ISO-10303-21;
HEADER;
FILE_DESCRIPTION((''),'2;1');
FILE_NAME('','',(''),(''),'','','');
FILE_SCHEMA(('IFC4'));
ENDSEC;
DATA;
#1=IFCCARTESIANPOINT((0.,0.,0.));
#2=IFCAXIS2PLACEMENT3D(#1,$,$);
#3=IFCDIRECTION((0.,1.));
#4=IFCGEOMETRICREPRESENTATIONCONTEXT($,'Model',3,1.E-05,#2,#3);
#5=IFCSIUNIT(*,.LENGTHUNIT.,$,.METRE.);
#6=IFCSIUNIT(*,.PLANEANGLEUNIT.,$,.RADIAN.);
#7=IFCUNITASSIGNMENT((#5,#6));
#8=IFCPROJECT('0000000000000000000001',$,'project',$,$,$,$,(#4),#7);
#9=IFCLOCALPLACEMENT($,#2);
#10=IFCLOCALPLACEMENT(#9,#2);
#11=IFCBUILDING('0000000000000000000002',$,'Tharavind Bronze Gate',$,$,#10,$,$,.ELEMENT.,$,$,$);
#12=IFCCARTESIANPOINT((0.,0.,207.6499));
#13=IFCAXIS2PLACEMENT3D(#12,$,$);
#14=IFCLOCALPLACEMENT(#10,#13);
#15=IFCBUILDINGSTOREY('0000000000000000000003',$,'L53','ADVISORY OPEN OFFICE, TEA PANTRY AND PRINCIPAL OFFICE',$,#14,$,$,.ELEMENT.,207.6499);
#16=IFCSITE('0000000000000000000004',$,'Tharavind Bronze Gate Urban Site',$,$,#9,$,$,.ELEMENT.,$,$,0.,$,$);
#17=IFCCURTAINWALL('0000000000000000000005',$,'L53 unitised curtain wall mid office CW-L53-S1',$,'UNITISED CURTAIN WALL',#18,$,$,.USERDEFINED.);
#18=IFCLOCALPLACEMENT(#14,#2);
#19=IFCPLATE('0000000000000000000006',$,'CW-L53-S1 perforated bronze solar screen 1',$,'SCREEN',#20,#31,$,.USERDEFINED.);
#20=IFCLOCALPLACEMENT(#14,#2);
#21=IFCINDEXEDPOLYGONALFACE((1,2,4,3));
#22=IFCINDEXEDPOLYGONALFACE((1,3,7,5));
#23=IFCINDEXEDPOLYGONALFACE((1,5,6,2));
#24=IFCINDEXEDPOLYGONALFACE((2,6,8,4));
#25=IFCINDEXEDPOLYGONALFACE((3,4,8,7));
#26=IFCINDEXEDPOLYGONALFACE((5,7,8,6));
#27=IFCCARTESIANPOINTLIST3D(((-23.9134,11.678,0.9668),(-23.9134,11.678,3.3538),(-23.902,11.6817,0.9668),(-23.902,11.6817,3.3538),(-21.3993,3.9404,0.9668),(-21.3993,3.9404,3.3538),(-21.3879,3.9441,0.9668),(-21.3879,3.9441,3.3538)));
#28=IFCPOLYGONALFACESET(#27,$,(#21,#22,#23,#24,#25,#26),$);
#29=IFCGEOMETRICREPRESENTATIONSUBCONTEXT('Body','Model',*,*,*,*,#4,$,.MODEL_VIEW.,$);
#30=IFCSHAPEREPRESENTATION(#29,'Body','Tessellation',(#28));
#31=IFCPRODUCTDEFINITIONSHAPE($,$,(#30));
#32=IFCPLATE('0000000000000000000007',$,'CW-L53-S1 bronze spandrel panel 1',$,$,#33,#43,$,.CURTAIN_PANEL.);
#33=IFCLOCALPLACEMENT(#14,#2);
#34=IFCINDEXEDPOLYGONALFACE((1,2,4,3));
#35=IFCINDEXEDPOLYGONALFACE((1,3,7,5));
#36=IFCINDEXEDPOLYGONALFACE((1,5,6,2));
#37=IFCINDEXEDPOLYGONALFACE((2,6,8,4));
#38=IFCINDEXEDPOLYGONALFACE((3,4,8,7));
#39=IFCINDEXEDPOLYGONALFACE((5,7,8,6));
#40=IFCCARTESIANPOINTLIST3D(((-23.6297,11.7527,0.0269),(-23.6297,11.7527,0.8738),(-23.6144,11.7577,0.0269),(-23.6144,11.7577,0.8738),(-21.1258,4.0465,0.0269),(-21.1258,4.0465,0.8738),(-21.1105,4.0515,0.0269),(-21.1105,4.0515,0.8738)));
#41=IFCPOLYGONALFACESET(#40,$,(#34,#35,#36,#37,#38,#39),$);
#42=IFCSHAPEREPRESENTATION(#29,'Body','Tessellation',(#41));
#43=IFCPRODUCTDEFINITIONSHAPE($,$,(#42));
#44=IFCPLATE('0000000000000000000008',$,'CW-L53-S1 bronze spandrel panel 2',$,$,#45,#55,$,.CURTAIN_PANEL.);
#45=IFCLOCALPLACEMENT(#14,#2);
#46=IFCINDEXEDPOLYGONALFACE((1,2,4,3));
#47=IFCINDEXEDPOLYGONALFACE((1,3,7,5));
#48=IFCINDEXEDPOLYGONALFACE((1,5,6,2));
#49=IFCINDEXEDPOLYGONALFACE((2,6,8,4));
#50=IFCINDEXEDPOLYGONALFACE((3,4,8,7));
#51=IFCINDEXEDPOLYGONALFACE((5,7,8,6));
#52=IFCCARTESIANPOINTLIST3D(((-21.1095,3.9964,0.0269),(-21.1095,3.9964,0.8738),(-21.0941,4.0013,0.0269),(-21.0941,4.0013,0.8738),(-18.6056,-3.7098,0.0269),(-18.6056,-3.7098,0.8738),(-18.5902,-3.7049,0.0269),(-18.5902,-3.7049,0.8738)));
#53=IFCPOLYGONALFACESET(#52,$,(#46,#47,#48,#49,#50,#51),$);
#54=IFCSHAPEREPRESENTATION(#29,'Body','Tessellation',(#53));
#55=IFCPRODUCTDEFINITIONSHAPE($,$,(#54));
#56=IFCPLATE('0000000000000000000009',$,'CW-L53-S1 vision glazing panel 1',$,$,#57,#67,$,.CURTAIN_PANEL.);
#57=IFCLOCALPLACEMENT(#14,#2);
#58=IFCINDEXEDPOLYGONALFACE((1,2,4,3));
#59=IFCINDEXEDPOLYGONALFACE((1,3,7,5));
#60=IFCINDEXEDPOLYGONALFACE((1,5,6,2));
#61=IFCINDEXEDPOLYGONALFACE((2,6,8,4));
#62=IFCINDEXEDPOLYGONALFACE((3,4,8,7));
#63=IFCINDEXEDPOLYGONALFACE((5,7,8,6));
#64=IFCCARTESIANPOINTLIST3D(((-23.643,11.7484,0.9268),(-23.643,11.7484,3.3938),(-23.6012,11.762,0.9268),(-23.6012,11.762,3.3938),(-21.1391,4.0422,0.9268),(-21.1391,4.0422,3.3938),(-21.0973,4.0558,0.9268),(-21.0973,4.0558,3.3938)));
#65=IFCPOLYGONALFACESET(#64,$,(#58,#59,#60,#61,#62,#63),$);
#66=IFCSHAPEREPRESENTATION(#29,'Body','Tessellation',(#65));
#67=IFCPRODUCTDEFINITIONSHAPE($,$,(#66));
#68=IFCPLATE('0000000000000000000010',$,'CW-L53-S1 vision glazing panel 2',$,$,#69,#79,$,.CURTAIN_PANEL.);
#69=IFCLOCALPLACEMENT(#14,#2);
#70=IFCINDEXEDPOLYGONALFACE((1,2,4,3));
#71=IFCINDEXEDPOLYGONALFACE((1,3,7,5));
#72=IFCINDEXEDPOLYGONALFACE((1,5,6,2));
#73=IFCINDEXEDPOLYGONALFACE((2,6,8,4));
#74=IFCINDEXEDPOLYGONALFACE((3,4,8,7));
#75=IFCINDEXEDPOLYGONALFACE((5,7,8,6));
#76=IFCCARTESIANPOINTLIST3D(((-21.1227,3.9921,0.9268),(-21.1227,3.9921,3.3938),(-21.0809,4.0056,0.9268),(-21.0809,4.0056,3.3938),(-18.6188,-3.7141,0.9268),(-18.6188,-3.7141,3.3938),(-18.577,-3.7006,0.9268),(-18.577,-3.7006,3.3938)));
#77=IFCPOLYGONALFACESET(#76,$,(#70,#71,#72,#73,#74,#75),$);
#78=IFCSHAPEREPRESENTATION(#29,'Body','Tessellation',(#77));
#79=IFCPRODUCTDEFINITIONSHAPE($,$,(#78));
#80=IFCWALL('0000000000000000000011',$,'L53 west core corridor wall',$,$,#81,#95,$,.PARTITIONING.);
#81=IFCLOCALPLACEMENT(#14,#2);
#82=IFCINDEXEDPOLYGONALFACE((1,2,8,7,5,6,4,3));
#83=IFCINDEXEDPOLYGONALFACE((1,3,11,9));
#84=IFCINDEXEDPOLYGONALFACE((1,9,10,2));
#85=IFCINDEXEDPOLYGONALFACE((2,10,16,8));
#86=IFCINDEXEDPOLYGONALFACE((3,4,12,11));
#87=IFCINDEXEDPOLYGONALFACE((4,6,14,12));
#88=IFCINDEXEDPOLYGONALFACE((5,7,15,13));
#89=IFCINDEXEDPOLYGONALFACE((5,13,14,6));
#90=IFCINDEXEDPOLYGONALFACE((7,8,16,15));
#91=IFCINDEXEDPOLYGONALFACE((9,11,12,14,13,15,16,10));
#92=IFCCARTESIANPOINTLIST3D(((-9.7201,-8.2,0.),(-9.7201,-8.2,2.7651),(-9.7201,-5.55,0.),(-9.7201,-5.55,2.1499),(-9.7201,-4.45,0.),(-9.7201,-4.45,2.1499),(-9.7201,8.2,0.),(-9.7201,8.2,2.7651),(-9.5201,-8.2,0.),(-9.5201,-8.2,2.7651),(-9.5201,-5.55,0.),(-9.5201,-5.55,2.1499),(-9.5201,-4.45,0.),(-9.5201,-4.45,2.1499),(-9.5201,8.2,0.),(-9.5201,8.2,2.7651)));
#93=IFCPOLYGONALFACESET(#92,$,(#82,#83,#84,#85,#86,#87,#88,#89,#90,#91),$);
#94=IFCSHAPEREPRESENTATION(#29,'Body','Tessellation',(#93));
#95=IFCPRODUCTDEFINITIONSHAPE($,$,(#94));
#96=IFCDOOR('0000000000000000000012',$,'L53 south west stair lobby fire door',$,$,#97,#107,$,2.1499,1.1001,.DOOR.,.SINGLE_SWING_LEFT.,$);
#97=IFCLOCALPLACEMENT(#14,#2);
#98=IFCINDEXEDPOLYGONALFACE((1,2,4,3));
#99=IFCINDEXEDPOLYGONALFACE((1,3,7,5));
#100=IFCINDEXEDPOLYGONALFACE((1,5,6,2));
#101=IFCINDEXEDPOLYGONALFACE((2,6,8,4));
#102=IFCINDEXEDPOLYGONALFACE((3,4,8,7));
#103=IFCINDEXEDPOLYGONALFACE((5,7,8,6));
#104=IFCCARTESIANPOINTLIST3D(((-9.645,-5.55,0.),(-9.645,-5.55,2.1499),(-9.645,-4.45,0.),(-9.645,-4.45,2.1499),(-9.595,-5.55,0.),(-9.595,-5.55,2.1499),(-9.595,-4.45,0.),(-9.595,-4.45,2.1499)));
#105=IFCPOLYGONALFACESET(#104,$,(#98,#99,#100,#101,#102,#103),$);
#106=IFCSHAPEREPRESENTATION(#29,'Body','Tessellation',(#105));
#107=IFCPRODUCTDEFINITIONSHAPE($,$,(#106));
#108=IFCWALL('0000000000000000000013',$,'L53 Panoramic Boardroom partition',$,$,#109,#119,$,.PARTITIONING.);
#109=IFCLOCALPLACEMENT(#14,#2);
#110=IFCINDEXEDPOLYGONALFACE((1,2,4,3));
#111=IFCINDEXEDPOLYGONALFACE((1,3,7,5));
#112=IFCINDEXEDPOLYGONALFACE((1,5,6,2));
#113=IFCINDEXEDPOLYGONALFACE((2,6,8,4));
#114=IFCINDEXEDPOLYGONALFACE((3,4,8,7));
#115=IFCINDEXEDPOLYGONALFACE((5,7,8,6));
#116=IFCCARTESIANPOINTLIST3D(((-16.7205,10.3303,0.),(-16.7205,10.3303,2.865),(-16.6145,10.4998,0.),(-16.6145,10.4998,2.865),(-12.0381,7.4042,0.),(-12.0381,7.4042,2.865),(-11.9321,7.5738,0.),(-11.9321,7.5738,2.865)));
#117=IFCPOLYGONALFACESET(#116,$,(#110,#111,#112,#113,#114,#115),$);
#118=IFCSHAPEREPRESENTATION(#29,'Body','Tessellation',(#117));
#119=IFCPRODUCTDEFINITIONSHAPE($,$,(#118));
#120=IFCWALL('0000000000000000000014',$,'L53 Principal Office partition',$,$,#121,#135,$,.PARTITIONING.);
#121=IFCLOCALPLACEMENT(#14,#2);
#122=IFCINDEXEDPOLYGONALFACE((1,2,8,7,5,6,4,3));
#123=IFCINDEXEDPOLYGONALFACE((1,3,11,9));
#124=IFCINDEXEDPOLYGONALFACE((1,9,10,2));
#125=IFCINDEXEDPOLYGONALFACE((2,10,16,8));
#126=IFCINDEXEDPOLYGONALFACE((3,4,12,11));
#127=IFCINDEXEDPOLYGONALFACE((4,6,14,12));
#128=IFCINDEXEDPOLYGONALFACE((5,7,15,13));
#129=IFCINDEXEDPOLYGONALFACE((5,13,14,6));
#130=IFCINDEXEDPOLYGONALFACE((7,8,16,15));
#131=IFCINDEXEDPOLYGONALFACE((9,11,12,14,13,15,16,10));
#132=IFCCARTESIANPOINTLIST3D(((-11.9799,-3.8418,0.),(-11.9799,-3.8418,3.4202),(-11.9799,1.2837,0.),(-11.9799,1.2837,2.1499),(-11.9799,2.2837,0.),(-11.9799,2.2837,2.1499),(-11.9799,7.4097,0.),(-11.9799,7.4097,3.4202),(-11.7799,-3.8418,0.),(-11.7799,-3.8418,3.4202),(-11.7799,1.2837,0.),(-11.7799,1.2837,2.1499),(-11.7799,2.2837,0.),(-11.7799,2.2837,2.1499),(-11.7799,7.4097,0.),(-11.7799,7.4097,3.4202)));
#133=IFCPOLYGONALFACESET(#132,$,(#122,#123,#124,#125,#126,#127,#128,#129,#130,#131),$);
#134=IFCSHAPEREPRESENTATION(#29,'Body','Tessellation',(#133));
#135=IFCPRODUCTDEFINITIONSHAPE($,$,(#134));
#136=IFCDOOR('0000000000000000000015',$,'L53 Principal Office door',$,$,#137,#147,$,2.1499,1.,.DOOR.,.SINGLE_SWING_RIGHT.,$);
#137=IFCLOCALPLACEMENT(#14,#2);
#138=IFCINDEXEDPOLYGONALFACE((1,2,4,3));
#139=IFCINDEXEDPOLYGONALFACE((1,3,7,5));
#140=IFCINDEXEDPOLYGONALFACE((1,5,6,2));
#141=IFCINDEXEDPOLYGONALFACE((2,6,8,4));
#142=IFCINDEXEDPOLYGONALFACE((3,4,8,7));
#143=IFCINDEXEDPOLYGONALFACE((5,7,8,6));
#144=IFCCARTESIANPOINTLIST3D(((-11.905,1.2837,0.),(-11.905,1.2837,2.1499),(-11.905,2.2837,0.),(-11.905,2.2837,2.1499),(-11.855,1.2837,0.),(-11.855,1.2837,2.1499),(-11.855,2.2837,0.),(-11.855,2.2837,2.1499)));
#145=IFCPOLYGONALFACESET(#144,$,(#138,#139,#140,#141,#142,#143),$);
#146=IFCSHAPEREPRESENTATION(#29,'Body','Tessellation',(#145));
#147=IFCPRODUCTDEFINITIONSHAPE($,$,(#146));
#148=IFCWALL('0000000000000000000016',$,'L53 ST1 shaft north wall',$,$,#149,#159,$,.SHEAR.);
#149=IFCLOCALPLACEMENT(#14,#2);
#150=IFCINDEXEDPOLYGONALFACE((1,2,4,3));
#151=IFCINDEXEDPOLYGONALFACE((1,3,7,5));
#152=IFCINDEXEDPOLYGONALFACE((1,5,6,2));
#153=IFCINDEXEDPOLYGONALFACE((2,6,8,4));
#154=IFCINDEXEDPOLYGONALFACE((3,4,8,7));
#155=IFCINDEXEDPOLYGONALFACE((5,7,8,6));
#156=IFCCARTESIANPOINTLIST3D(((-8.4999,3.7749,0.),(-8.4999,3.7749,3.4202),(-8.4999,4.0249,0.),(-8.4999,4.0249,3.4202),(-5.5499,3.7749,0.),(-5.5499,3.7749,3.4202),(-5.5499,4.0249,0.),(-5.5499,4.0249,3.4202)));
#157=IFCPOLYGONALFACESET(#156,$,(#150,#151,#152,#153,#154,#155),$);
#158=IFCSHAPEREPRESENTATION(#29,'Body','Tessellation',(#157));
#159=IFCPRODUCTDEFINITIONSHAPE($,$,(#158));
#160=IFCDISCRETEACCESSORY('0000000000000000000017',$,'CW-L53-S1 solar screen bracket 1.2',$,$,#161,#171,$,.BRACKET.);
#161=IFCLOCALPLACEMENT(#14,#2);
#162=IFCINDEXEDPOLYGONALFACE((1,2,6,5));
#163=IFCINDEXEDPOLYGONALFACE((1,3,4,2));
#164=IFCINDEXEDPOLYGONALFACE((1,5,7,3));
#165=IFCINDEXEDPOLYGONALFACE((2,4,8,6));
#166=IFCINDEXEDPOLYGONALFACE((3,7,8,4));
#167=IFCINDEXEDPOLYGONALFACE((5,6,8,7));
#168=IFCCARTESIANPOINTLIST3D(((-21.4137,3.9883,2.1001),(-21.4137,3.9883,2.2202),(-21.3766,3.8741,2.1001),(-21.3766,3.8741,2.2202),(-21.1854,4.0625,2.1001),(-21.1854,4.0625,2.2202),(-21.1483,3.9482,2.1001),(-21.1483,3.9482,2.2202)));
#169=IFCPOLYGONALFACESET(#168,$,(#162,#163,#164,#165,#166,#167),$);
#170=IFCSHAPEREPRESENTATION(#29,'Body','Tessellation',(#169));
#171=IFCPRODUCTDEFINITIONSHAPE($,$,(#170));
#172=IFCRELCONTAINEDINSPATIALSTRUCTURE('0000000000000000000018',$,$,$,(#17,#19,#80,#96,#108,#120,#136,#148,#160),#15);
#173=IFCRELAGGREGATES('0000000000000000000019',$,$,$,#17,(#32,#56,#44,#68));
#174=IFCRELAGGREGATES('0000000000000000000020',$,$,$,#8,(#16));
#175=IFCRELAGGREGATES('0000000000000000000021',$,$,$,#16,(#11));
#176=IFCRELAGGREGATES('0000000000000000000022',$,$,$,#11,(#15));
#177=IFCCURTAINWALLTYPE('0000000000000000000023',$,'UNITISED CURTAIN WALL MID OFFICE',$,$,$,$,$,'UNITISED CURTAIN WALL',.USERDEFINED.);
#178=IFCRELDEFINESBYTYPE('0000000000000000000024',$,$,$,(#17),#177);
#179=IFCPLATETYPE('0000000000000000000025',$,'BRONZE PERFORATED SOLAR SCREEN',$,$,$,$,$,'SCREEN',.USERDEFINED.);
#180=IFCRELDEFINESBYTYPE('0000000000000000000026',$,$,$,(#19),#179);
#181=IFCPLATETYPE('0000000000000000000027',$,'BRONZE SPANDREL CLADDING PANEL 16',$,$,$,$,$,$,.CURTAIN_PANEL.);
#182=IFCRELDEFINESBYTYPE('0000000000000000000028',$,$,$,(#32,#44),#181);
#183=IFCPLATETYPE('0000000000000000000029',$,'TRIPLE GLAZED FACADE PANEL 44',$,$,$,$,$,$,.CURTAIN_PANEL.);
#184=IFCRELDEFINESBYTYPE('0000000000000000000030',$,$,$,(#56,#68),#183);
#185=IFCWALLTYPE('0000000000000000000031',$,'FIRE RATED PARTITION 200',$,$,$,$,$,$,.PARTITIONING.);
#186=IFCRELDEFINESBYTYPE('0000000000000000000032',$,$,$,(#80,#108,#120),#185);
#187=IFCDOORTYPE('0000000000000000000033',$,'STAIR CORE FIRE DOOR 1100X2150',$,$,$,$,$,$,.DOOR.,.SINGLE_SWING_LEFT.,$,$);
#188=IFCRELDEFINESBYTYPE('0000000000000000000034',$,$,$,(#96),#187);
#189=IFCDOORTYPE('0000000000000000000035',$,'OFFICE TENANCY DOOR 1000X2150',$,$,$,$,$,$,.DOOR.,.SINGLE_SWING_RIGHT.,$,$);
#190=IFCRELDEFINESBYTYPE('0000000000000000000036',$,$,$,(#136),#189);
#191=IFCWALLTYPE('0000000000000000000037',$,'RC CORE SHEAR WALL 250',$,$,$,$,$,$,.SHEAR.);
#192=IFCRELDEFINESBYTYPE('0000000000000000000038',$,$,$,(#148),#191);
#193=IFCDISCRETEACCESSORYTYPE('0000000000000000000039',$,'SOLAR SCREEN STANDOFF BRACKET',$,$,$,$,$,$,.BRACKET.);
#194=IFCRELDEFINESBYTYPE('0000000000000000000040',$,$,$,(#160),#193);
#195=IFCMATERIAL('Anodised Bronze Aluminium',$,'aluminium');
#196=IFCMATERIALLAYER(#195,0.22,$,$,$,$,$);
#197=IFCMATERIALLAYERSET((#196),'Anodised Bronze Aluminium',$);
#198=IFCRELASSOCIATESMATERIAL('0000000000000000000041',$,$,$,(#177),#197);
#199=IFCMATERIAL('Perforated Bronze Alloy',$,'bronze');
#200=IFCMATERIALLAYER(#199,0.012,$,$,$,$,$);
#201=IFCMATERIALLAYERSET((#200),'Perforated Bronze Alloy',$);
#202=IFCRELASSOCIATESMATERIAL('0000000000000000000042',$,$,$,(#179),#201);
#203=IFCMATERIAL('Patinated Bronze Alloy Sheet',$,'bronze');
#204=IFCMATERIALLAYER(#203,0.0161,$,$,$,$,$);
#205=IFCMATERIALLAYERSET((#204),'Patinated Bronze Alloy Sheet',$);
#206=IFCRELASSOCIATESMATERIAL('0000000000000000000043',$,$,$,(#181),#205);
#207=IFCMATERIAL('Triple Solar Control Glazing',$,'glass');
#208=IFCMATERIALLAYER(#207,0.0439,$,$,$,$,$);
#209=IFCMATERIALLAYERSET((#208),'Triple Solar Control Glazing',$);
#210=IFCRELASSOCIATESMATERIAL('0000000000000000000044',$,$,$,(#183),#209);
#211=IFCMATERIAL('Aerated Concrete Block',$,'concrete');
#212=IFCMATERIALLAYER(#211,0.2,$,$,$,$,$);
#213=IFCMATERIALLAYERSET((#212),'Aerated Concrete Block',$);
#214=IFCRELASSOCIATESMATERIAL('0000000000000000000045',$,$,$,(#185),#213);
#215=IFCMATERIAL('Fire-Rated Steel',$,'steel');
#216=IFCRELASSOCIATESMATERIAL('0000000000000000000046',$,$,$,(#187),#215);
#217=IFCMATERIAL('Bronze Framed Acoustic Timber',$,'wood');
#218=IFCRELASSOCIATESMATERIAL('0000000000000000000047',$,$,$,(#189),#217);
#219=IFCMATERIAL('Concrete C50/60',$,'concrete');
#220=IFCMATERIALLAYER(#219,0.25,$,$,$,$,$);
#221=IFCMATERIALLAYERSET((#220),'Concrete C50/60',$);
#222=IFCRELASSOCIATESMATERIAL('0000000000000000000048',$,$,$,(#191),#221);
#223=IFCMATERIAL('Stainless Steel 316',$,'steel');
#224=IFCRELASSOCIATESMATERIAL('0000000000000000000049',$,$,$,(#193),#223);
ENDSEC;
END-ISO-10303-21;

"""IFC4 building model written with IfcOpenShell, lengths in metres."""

from ifc_helpers import new_model, si_unit, direction, frame, frame_2d, origin, origin_2d, place, context, subcontext, project, spatial, rectangle, extrude, material, layer, layer_set, type_object, element, fill, aggregate, save


model = new_model("IFC4")

# Units and contexts
model_context = context("Model", 3, precision=1e-05, world=origin(), true_north=direction((0.0, 1.0)))
body_context = subcontext(model_context, "Body", "Model", "MODEL_VIEW")
ifc_project = project(units=[si_unit("LENGTHUNIT", "METRE"), si_unit("PLANEANGLEUNIT", "RADIAN")], contexts=[model_context])

# Site, building, storey
site_placement = place(None, origin())
site = spatial("IfcSite", under=ifc_project, at=site_placement, Name="Tharavind Bronze Gate Urban Site", CompositionType="ELEMENT", RefElevation=0.0)
building_placement = place(site_placement, origin())
building = spatial("IfcBuilding", under=site, at=building_placement, Name="Tharavind Bronze Gate", CompositionType="ELEMENT")
storey_placement = place(building_placement, frame((0.0, 0.0, 207.6499)))
storey = spatial("IfcBuildingStorey", under=building, at=storey_placement, Name="L53", Description="ADVISORY OPEN OFFICE, TEA PANTRY AND PRINCIPAL OFFICE", CompositionType="ELEMENT", Elevation=207.6499)

# Curtain wall
ifc_material_1 = material(Name="Anodised Bronze Aluminium", Category="aluminium")
ifc_layer_1 = layer(ifc_material_1, 0.22)
ifc_layer_set_1 = layer_set([ifc_layer_1], Name="Anodised Bronze Aluminium")
curtain_wall_type = type_object("IfcCurtainWallType", Name="UNITISED CURTAIN WALL MID OFFICE", ElementType="UNITISED CURTAIN WALL", PredefinedType="USERDEFINED", material=ifc_layer_set_1)
curtain_wall_placement = place(storey_placement, origin())
curtain_wall = element("IfcCurtainWall", 1, at=curtain_wall_placement, inside=storey, type_object=curtain_wall_type, Name="L53 unitised curtain wall mid office CW-L53-S1", ObjectType="UNITISED CURTAIN WALL", PredefinedType="USERDEFINED")

# Plates
ifc_material_2 = material(Name="Perforated Bronze Alloy", Category="bronze")
ifc_layer_2 = layer(ifc_material_2, 0.012)
ifc_layer_set_2 = layer_set([ifc_layer_2], Name="Perforated Bronze Alloy")
plate_type_1 = type_object("IfcPlateType", Name="BRONZE PERFORATED SOLAR SCREEN", ElementType="SCREEN", PredefinedType="USERDEFINED", material=ifc_layer_set_2)
plate_1_placement = place(storey_placement, frame((-22.6506, 7.811, 0.9668), z_axis=(0.0, 0.0, 1.0), x_axis=(0.309017, -0.951057, 0.0)))
element("IfcPlate", 2, at=plate_1_placement, inside=storey, type_object=plate_type_1, Name="CW-L53-S1 perforated bronze solar screen 1", ObjectType="SCREEN", PredefinedType="USERDEFINED", context=body_context, shape_type="SweptSolid", body=[
    extrude(rectangle(XDim=8.1357, YDim=0.012, at=origin_2d()), origin(), (0.0, 0.0, 1.0), 2.387),
])
ifc_material_3 = material(Name="Patinated Bronze Alloy Sheet", Category="bronze")
ifc_layer_3 = layer(ifc_material_3, 0.0161)
ifc_layer_set_3 = layer_set([ifc_layer_3], Name="Patinated Bronze Alloy Sheet")
plate_type_2 = type_object("IfcPlateType", Name="BRONZE SPANDREL CLADDING PANEL 16", PredefinedType="CURTAIN_PANEL", material=ifc_layer_set_3)
plate_2_placement = place(storey_placement, frame((-22.3701, 7.9021, 0.0269), z_axis=(0.0, 0.0, 1.0), x_axis=(0.309017, -0.951057, 0.0)))
plate_2 = element("IfcPlate", 3, at=plate_2_placement, type_object=plate_type_2, Name="CW-L53-S1 bronze spandrel panel 1", PredefinedType="CURTAIN_PANEL", context=body_context, shape_type="SweptSolid", body=[
    extrude(rectangle(XDim=8.1028, YDim=0.0161, at=origin_2d()), origin(), (0.0, 0.0, 1.0), 0.8469),
])
plate_3_placement = place(storey_placement, frame((-19.8499, 0.1458, 0.0269), z_axis=(0.0, 0.0, 1.0), x_axis=(0.309017, -0.951057, 0.0)))
plate_3 = element("IfcPlate", 4, at=plate_3_placement, type_object=plate_type_2, Name="CW-L53-S1 bronze spandrel panel 2", PredefinedType="CURTAIN_PANEL", context=body_context, shape_type="SweptSolid", body=[
    extrude(rectangle(XDim=8.1028, YDim=0.0161, at=origin_2d()), origin(), (0.0, 0.0, 1.0), 0.8469),
])
ifc_material_4 = material(Name="Triple Solar Control Glazing", Category="glass")
ifc_layer_4 = layer(ifc_material_4, 0.0439)
ifc_layer_set_4 = layer_set([ifc_layer_4], Name="Triple Solar Control Glazing")
plate_type_3 = type_object("IfcPlateType", Name="TRIPLE GLAZED FACADE PANEL 44", PredefinedType="CURTAIN_PANEL", material=ifc_layer_set_4)
plate_4_placement = place(storey_placement, frame((-22.3701, 7.9021, 0.9268), z_axis=(0.0, 0.0, 1.0), x_axis=(0.309017, -0.951057, 0.0)))
plate_4 = element("IfcPlate", 5, at=plate_4_placement, type_object=plate_type_3, Name="CW-L53-S1 vision glazing panel 1", PredefinedType="CURTAIN_PANEL", context=body_context, shape_type="SweptSolid", body=[
    extrude(rectangle(XDim=8.1028, YDim=0.0439, at=origin_2d()), origin(), (0.0, 0.0, 1.0), 2.467),
])
plate_5_placement = place(storey_placement, frame((-19.8499, 0.1458, 0.9268), z_axis=(0.0, 0.0, 1.0), x_axis=(0.309017, -0.951057, 0.0)))
plate_5 = element("IfcPlate", 6, at=plate_5_placement, type_object=plate_type_3, Name="CW-L53-S1 vision glazing panel 2", PredefinedType="CURTAIN_PANEL", context=body_context, shape_type="SweptSolid", body=[
    extrude(rectangle(XDim=8.1028, YDim=0.0439, at=origin_2d()), origin(), (0.0, 0.0, 1.0), 2.467),
])
aggregate(curtain_wall, [plate_2, plate_4, plate_3, plate_5])

# Wall, opening, door
ifc_material_5 = material(Name="Aerated Concrete Block", Category="concrete")
ifc_layer_5 = layer(ifc_material_5, 0.2)
ifc_layer_set_5 = layer_set([ifc_layer_5], Name="Aerated Concrete Block")
wall_type_1 = type_object("IfcWallType", Name="FIRE RATED PARTITION 200", PredefinedType="PARTITIONING", material=ifc_layer_set_5)
wall_1_placement = place(storey_placement, frame((-9.6201, 8.2, 0.0), z_axis=(0.0, 0.0, 1.0), x_axis=(0.0, -1.0, 0.0)))
wall_1 = element("IfcWall", 7, at=wall_1_placement, inside=storey, type_object=wall_type_1, Name="L53 west core corridor wall", PredefinedType="PARTITIONING", context=body_context, shape_type="SweptSolid", body=[
    extrude(rectangle(XDim=16.3999, YDim=0.2, at=frame_2d((8.2, 0.0))), origin(), (0.0, 0.0, 1.0), 2.7651),
])
opening_1_placement = place(wall_1_placement, frame((12.6499, 0.0, 0.0)))
opening_1 = element("IfcOpeningElement", 8, at=opening_1_placement, cuts=wall_1, PredefinedType="OPENING", context=body_context, shape_type="SweptSolid", body=[
    extrude(rectangle(XDim=1.1001, YDim=2.1499, at=frame_2d((0.55, 1.075))), frame((0.0, 0.1101, 0.0), z_axis=(0.0, -1.0, 0.0), x_axis=(1.0, 0.0, 0.0)), (0.0, 0.0, 1.0), 0.22),
])
ifc_material_6 = material(Name="Fire-Rated Steel", Category="steel")
door_type_1 = type_object("IfcDoorType", Name="STAIR CORE FIRE DOOR 1100X2150", OperationType="SINGLE_SWING_LEFT", PredefinedType="DOOR", material=ifc_material_6)
door_1_placement = place(opening_1_placement, frame((1.1001, 0.0, 0.0), z_axis=(0.0, 0.0, 1.0), x_axis=(-1.0, 0.0, 0.0)))
door_1 = element("IfcDoor", 9, at=door_1_placement, inside=storey, type_object=door_type_1, Name="L53 south west stair lobby fire door", OperationType="SINGLE_SWING_LEFT", OverallHeight=2.1499, OverallWidth=1.1001, PredefinedType="DOOR", context=body_context, shape_type="SweptSolid", body=[
    extrude(rectangle(XDim=1.1001, YDim=2.1499, at=frame_2d((0.55, 1.075))), frame((0.0, 0.0249, 0.0), z_axis=(0.0, -1.0, 0.0), x_axis=(1.0, 0.0, 0.0)), (0.0, 0.0, 1.0), 0.05),
])
fill(opening_1, door_1)

# Wall
wall_2_placement = place(storey_placement, frame((-11.9851, 7.489, 0.0), z_axis=(0.0, 0.0, 1.0), x_axis=(-0.848036, 0.529939, 0.0)))
element("IfcWall", 10, at=wall_2_placement, inside=storey, type_object=wall_type_1, Name="L53 Panoramic Boardroom partition", PredefinedType="PARTITIONING", context=body_context, shape_type="SweptSolid", body=[
    extrude(rectangle(XDim=5.5215, YDim=0.2, at=frame_2d((2.7607, 0.0))), origin(), (0.0, 0.0, 1.0), 2.865),
])

# Wall, opening, door
wall_3_placement = place(storey_placement, frame((-11.8799, 7.4097, 0.0), z_axis=(0.0, 0.0, 1.0), x_axis=(0.0, -1.0, 0.0)))
wall_3 = element("IfcWall", 11, at=wall_3_placement, inside=storey, type_object=wall_type_1, Name="L53 Principal Office partition", PredefinedType="PARTITIONING", context=body_context, shape_type="SweptSolid", body=[
    extrude(rectangle(XDim=11.2515, YDim=0.2, at=frame_2d((5.6257, 0.0))), origin(), (0.0, 0.0, 1.0), 3.4202),
])
opening_2_placement = place(wall_3_placement, frame((5.126, 0.0, 0.0)))
opening_2 = element("IfcOpeningElement", 12, at=opening_2_placement, cuts=wall_3, PredefinedType="OPENING", context=body_context, shape_type="SweptSolid", body=[
    extrude(rectangle(XDim=1.0, YDim=2.1499, at=frame_2d((0.5, 1.075))), frame((0.0, 0.1101, 0.0), z_axis=(0.0, -1.0, 0.0), x_axis=(1.0, 0.0, 0.0)), (0.0, 0.0, 1.0), 0.22),
])
ifc_material_7 = material(Name="Bronze Framed Acoustic Timber", Category="wood")
door_type_2 = type_object("IfcDoorType", Name="OFFICE TENANCY DOOR 1000X2150", OperationType="SINGLE_SWING_RIGHT", PredefinedType="DOOR", material=ifc_material_7)
door_2_placement = place(opening_2_placement, origin())
door_2 = element("IfcDoor", 13, at=door_2_placement, inside=storey, type_object=door_type_2, Name="L53 Principal Office door", OperationType="SINGLE_SWING_RIGHT", OverallHeight=2.1499, OverallWidth=1.0, PredefinedType="DOOR", context=body_context, shape_type="SweptSolid", body=[
    extrude(rectangle(XDim=1.0, YDim=2.1499, at=frame_2d((0.5, 1.075))), frame((0.0, 0.0249, 0.0), z_axis=(0.0, -1.0, 0.0), x_axis=(1.0, 0.0, 0.0)), (0.0, 0.0, 1.0), 0.05),
])
fill(opening_2, door_2)

# Wall
ifc_material_8 = material(Name="Concrete C50/60", Category="concrete")
ifc_layer_6 = layer(ifc_material_8, 0.25)
ifc_layer_set_6 = layer_set([ifc_layer_6], Name="Concrete C50/60")
wall_type_2 = type_object("IfcWallType", Name="RC CORE SHEAR WALL 250", PredefinedType="SHEAR", material=ifc_layer_set_6)
wall_4_placement = place(storey_placement, frame((-8.5, 3.8999, 0.0), z_axis=(0.0, 0.0, 1.0), x_axis=(1.0, 0.0, 0.0)))
element("IfcWall", 14, at=wall_4_placement, inside=storey, type_object=wall_type_2, Name="L53 ST1 shaft north wall", PredefinedType="SHEAR", context=body_context, shape_type="SweptSolid", body=[
    extrude(rectangle(XDim=2.95, YDim=0.25, at=frame_2d((1.4751, 0.0))), origin(), (0.0, 0.0, 1.0), 3.4202),
])

# Discrete accessory
ifc_material_9 = material(Name="Stainless Steel 316", Category="steel")
discrete_accessory_type = type_object("IfcDiscreteAccessoryType", Name="SOLAR SCREEN STANDOFF BRACKET", PredefinedType="BRACKET", material=ifc_material_9)
discrete_accessory_placement = place(storey_placement, frame((-21.281, 3.9683, 2.1001), z_axis=(0.0, 0.0, 1.0), x_axis=(0.309017, -0.951057, 0.0)))
element("IfcDiscreteAccessory", 15, at=discrete_accessory_placement, inside=storey, type_object=discrete_accessory_type, Name="CW-L53-S1 solar screen bracket 1.2", PredefinedType="BRACKET", context=body_context, shape_type="SweptSolid", body=[
    extrude(rectangle(XDim=0.1201, YDim=0.24, at=origin_2d()), origin(), (0.0, 0.0, 1.0), 0.1201),
])

save(model, "model.ifc")
